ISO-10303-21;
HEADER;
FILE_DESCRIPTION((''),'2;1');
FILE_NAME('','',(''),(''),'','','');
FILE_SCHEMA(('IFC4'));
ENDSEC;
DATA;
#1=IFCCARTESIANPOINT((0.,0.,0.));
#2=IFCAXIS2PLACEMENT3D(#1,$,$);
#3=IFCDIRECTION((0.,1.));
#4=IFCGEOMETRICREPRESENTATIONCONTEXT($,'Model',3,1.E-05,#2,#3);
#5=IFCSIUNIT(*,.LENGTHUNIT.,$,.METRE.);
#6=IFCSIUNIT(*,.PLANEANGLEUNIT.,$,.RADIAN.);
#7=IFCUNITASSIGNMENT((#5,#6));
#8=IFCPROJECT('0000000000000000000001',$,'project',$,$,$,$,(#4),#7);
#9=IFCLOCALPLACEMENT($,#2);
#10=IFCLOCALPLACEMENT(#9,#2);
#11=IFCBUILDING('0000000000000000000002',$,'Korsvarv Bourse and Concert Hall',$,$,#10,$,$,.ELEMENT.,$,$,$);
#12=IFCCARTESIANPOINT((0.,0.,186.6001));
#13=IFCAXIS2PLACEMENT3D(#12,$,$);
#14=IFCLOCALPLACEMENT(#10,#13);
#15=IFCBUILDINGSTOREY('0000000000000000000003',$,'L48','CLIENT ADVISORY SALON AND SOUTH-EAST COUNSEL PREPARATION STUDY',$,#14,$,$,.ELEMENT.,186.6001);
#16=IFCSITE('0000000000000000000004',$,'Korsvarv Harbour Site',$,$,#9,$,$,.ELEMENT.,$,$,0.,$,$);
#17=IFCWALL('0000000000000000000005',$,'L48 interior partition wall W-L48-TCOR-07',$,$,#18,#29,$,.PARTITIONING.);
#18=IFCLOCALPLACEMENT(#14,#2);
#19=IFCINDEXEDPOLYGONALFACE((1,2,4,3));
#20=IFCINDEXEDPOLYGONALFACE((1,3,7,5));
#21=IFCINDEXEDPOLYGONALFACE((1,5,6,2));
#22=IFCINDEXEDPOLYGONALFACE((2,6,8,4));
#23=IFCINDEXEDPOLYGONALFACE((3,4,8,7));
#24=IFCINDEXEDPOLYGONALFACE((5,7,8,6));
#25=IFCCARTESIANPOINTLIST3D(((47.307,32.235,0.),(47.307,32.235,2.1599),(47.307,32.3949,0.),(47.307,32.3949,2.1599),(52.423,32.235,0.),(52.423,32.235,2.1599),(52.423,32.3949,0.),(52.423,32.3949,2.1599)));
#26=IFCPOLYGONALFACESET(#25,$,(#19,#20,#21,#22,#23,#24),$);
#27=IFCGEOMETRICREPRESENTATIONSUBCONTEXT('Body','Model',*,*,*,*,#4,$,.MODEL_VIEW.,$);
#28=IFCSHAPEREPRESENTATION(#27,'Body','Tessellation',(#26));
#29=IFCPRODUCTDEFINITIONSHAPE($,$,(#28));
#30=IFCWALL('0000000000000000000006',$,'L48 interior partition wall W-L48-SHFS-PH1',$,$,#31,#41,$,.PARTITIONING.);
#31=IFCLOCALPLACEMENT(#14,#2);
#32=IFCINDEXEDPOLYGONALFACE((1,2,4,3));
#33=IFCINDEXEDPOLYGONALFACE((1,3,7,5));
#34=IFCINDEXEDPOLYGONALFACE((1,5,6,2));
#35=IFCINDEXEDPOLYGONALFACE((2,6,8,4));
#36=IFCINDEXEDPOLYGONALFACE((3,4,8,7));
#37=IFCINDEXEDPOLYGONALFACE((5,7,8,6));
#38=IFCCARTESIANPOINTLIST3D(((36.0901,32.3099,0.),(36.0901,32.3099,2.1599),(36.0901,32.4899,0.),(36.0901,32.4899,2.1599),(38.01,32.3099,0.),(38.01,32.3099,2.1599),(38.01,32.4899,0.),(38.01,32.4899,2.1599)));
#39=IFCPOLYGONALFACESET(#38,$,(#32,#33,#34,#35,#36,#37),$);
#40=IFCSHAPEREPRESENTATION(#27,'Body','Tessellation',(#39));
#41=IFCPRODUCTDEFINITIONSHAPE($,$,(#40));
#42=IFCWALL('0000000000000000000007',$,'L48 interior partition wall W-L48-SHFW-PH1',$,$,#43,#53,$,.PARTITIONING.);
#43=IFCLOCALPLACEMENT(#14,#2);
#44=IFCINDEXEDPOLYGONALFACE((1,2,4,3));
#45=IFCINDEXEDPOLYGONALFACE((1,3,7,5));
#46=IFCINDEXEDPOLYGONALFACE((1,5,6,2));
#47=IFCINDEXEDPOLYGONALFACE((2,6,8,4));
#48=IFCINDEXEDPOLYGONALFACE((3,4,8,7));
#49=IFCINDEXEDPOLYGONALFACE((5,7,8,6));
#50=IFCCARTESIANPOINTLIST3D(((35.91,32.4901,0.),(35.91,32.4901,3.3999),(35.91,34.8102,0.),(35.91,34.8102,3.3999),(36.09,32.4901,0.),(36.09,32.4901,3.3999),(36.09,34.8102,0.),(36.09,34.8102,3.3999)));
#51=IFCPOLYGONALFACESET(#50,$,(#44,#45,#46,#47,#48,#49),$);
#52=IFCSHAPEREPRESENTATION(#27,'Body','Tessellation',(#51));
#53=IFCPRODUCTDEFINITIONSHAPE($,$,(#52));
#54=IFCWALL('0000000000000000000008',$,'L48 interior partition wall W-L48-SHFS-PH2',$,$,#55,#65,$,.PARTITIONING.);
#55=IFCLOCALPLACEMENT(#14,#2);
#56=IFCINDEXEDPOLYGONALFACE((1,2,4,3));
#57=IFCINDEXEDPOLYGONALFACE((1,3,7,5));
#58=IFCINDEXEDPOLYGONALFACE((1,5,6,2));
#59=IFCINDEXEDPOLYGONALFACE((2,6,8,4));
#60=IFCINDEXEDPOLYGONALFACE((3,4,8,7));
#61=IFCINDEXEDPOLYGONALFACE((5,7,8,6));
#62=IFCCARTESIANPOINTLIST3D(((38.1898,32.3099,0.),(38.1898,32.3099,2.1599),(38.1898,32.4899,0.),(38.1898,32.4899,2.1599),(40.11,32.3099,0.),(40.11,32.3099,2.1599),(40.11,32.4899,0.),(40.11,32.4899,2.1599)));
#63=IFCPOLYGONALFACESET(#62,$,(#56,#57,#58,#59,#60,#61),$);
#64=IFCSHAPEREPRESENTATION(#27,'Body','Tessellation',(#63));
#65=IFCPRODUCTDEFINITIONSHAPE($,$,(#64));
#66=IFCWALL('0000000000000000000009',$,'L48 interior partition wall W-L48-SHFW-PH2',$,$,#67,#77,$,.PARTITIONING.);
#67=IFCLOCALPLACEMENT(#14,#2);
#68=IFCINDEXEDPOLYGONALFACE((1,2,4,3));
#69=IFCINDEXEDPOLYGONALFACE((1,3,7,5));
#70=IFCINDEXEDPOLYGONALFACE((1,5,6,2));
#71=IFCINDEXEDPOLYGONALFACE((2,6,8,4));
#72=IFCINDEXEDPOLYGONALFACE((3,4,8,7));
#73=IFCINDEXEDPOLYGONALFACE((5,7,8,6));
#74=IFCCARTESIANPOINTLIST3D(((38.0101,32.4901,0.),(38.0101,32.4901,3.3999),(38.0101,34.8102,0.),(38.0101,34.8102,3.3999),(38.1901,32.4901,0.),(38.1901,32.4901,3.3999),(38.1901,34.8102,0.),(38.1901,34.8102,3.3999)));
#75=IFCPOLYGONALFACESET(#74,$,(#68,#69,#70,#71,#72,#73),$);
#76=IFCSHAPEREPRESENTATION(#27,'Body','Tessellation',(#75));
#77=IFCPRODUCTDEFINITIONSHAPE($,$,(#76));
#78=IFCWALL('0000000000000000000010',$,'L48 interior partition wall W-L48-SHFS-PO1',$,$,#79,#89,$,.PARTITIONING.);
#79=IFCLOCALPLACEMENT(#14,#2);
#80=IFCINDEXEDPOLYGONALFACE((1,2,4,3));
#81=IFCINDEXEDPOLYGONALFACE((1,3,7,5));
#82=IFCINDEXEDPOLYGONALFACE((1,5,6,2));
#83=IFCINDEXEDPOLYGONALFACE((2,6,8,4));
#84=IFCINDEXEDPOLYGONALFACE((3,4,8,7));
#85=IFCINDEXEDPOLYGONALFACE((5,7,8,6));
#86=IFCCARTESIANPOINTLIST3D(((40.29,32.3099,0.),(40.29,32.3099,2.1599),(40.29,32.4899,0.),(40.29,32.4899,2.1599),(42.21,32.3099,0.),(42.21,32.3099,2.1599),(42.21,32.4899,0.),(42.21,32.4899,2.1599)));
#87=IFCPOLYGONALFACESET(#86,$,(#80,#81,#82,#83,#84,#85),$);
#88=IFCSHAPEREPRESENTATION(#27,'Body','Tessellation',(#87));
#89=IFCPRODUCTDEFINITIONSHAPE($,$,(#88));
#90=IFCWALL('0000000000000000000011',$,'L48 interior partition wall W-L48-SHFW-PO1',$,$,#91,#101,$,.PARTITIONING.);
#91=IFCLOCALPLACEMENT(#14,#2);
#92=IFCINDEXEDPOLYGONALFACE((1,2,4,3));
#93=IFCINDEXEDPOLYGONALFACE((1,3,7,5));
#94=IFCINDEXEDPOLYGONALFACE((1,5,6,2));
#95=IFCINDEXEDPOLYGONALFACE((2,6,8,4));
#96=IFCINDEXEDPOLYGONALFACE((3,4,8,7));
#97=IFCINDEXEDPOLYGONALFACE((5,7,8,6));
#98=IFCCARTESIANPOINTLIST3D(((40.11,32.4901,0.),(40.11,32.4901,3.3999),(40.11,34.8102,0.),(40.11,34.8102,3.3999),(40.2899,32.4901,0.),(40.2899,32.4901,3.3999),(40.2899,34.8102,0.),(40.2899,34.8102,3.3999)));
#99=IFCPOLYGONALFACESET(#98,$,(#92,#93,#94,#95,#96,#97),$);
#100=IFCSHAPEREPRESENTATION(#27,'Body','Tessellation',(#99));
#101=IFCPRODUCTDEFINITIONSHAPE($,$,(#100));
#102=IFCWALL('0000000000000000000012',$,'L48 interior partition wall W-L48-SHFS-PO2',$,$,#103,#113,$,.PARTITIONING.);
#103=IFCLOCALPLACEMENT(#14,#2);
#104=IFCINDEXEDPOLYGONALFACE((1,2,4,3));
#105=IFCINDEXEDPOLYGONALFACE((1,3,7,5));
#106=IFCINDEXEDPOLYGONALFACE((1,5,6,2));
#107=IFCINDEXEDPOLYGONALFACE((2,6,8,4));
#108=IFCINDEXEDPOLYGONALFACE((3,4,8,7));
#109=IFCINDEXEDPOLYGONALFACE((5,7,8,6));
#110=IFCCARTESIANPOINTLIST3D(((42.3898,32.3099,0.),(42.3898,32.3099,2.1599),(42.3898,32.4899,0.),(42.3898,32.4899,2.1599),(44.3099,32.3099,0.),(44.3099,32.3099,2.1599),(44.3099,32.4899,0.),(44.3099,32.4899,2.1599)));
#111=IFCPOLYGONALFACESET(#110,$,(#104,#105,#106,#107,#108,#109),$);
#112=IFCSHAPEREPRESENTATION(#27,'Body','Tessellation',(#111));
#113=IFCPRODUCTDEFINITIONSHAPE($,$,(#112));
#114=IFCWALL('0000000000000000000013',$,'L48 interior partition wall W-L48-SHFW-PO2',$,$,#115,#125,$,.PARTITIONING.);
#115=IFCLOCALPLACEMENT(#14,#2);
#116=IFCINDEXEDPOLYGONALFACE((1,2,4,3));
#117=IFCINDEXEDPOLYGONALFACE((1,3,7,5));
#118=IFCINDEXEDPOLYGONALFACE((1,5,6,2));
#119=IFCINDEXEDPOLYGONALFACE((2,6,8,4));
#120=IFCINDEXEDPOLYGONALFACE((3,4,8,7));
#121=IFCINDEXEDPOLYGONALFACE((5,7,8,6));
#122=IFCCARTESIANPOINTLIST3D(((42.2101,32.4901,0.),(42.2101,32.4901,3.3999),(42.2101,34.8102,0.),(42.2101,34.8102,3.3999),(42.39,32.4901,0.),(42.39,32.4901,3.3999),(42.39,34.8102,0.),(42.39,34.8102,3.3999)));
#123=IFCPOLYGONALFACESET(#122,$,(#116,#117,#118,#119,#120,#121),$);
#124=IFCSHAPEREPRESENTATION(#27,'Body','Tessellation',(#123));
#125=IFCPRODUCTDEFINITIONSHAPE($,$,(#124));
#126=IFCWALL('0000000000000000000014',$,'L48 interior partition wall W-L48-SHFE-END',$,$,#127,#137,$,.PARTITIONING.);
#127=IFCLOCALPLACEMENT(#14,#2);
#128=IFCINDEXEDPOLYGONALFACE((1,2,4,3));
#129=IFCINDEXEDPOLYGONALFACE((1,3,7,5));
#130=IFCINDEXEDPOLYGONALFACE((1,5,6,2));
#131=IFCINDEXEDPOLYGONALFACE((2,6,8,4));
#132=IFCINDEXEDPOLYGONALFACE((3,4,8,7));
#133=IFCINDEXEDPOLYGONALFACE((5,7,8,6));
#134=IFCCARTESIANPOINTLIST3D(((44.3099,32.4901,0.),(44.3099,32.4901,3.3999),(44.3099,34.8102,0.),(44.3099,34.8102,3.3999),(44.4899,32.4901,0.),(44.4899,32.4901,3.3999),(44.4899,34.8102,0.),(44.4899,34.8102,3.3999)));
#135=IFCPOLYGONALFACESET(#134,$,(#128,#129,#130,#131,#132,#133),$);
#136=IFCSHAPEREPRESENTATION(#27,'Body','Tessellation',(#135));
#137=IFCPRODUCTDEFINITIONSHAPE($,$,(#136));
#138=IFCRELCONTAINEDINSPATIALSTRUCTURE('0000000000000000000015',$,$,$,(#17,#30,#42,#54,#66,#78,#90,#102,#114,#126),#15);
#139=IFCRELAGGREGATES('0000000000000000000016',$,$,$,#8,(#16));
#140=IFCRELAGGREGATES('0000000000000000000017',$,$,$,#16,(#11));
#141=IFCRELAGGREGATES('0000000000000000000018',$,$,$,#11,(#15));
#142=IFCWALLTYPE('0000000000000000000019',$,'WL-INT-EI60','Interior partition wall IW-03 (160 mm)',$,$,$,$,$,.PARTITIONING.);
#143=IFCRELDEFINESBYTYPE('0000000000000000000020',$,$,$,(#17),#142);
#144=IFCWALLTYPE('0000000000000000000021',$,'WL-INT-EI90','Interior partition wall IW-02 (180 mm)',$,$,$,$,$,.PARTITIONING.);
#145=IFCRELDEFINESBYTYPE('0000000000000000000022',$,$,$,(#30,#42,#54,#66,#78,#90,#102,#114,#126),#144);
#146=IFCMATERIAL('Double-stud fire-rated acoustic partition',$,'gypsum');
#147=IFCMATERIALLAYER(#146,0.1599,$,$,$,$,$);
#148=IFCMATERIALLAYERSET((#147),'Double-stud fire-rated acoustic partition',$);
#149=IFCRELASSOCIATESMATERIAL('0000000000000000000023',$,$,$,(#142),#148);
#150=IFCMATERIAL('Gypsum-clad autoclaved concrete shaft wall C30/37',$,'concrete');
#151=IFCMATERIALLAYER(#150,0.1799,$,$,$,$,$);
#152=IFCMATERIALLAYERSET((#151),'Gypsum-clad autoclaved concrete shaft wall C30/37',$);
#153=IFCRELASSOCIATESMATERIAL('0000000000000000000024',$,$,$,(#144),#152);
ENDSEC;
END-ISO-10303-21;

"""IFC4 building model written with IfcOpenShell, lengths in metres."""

from ifc_helpers import new_model, si_unit, direction, frame, frame_2d, origin, place, context, subcontext, project, spatial, rectangle, extrude, material, layer, layer_set, type_object, element, save


model = new_model("IFC4")

# Units and contexts
model_context = context("Model", 3, precision=1e-05, world=origin(), true_north=direction((0.0, 1.0)))
body_context = subcontext(model_context, "Body", "Model", "MODEL_VIEW")
ifc_project = project(units=[si_unit("LENGTHUNIT", "METRE"), si_unit("PLANEANGLEUNIT", "RADIAN")], contexts=[model_context])

# Site, building, storey
site_placement = place(None, origin())
site = spatial("IfcSite", under=ifc_project, at=site_placement, Name="Korsvarv Harbour Site", CompositionType="ELEMENT", RefElevation=0.0)
building_placement = place(site_placement, origin())
building = spatial("IfcBuilding", under=site, at=building_placement, Name="Korsvarv Bourse and Concert Hall", CompositionType="ELEMENT")
storey_placement = place(building_placement, frame((0.0, 0.0, 186.6001)))
storey = spatial("IfcBuildingStorey", under=building, at=storey_placement, Name="L48", Description="CLIENT ADVISORY SALON AND SOUTH-EAST COUNSEL PREPARATION STUDY", CompositionType="ELEMENT", Elevation=186.6001)

# Shared definitions
ifc_material_1 = material(Name="Double-stud fire-rated acoustic partition", Category="gypsum")
ifc_layer_1 = layer(ifc_material_1, 0.1599)
ifc_layer_set_1 = layer_set([ifc_layer_1], Name="Double-stud fire-rated acoustic partition")
wall_type_1 = type_object("IfcWallType", Name="WL-INT-EI60", Description="Interior partition wall IW-03 (160 mm)", PredefinedType="PARTITIONING", material=ifc_layer_set_1)

# Walls
wall_1_placement = place(storey_placement, frame((47.3069, 32.3149, 0.0), z_axis=(0.0, 0.0, 1.0), x_axis=(1.0, 0.0, 0.0)))
element("IfcWall", 1, at=wall_1_placement, inside=storey, type_object=wall_type_1, Name="L48 interior partition wall W-L48-TCOR-07", PredefinedType="PARTITIONING", context=body_context, shape_type="SweptSolid", body=[
    extrude(rectangle(XDim=5.116, YDim=0.1599, at=frame_2d((2.5581, 0.0))), origin(), (0.0, 0.0, 1.0), 2.1599),
])
ifc_material_2 = material(Name="Gypsum-clad autoclaved concrete shaft wall C30/37", Category="concrete")
ifc_layer_2 = layer(ifc_material_2, 0.1799)
ifc_layer_set_2 = layer_set([ifc_layer_2], Name="Gypsum-clad autoclaved concrete shaft wall C30/37")
wall_type_2 = type_object("IfcWallType", Name="WL-INT-EI90", Description="Interior partition wall IW-02 (180 mm)", PredefinedType="PARTITIONING", material=ifc_layer_set_2)
wall_2_placement = place(storey_placement, frame((36.0901, 32.3999, 0.0), z_axis=(0.0, 0.0, 1.0), x_axis=(1.0, 0.0, 0.0)))
element("IfcWall", 2, at=wall_2_placement, inside=storey, type_object=wall_type_2, Name="L48 interior partition wall W-L48-SHFS-PH1", PredefinedType="PARTITIONING", context=body_context, shape_type="SweptSolid", body=[
    extrude(rectangle(XDim=1.9199, YDim=0.1799, at=frame_2d((0.96, 0.0))), origin(), (0.0, 0.0, 1.0), 2.1599),
])
wall_3_placement = place(storey_placement, frame((36.0, 32.49, 0.0), z_axis=(0.0, 0.0, 1.0), x_axis=(0.0, 1.0, 0.0)))
element("IfcWall", 3, at=wall_3_placement, inside=storey, type_object=wall_type_2, Name="L48 interior partition wall W-L48-SHFW-PH1", PredefinedType="PARTITIONING", context=body_context, shape_type="SweptSolid", body=[
    extrude(rectangle(XDim=2.3201, YDim=0.1799, at=frame_2d((1.1602, 0.0))), origin(), (0.0, 0.0, 1.0), 3.3999),
])
wall_4_placement = place(storey_placement, frame((38.1899, 32.3999, 0.0), z_axis=(0.0, 0.0, 1.0), x_axis=(1.0, 0.0, 0.0)))
element("IfcWall", 4, at=wall_4_placement, inside=storey, type_object=wall_type_2, Name="L48 interior partition wall W-L48-SHFS-PH2", PredefinedType="PARTITIONING", context=body_context, shape_type="SweptSolid", body=[
    extrude(rectangle(XDim=1.9202, YDim=0.1799, at=frame_2d((0.96, 0.0))), origin(), (0.0, 0.0, 1.0), 2.1599),
])
wall_5_placement = place(storey_placement, frame((38.1001, 32.49, 0.0), z_axis=(0.0, 0.0, 1.0), x_axis=(0.0, 1.0, 0.0)))
element("IfcWall", 5, at=wall_5_placement, inside=storey, type_object=wall_type_2, Name="L48 interior partition wall W-L48-SHFW-PH2", PredefinedType="PARTITIONING", context=body_context, shape_type="SweptSolid", body=[
    extrude(rectangle(XDim=2.3201, YDim=0.1799, at=frame_2d((1.1602, 0.0))), origin(), (0.0, 0.0, 1.0), 3.3999),
])
wall_6_placement = place(storey_placement, frame((40.29, 32.3999, 0.0), z_axis=(0.0, 0.0, 1.0), x_axis=(1.0, 0.0, 0.0)))
element("IfcWall", 6, at=wall_6_placement, inside=storey, type_object=wall_type_2, Name="L48 interior partition wall W-L48-SHFS-PO1", PredefinedType="PARTITIONING", context=body_context, shape_type="SweptSolid", body=[
    extrude(rectangle(XDim=1.9199, YDim=0.1799, at=frame_2d((0.96, 0.0))), origin(), (0.0, 0.0, 1.0), 2.1599),
])
wall_7_placement = place(storey_placement, frame((40.2, 32.49, 0.0), z_axis=(0.0, 0.0, 1.0), x_axis=(0.0, 1.0, 0.0)))
element("IfcWall", 7, at=wall_7_placement, inside=storey, type_object=wall_type_2, Name="L48 interior partition wall W-L48-SHFW-PO1", PredefinedType="PARTITIONING", context=body_context, shape_type="SweptSolid", body=[
    extrude(rectangle(XDim=2.3201, YDim=0.1799, at=frame_2d((1.1602, 0.0))), origin(), (0.0, 0.0, 1.0), 3.3999),
])
wall_8_placement = place(storey_placement, frame((42.3899, 32.3999, 0.0), z_axis=(0.0, 0.0, 1.0), x_axis=(1.0, 0.0, 0.0)))
element("IfcWall", 8, at=wall_8_placement, inside=storey, type_object=wall_type_2, Name="L48 interior partition wall W-L48-SHFS-PO2", PredefinedType="PARTITIONING", context=body_context, shape_type="SweptSolid", body=[
    extrude(rectangle(XDim=1.9202, YDim=0.1799, at=frame_2d((0.96, 0.0))), origin(), (0.0, 0.0, 1.0), 2.1599),
])
for number, where, z_axis, x_axis, name in (
    (9, (42.3, 32.49, 0.0), (0.0, 0.0, 1.0), (0.0, 1.0, 0.0), "L48 interior partition wall W-L48-SHFW-PO2"),
    (10, (44.3999, 32.49, 0.0), (0.0, 0.0, 1.0), (0.0, 1.0, 0.0), "L48 interior partition wall W-L48-SHFE-END"),
):
    element("IfcWall", number, at=place(storey_placement, frame(where, z_axis=z_axis, x_axis=x_axis)), inside=storey, type_object=wall_type_2, Name=name, PredefinedType="PARTITIONING", context=body_context, shape_type="SweptSolid", body=[
        extrude(rectangle(XDim=2.3201, YDim=0.1799, at=frame_2d((1.1602, 0.0))), origin(), (0.0, 0.0, 1.0), 3.3999),
    ])

save(model, "model.ifc")
